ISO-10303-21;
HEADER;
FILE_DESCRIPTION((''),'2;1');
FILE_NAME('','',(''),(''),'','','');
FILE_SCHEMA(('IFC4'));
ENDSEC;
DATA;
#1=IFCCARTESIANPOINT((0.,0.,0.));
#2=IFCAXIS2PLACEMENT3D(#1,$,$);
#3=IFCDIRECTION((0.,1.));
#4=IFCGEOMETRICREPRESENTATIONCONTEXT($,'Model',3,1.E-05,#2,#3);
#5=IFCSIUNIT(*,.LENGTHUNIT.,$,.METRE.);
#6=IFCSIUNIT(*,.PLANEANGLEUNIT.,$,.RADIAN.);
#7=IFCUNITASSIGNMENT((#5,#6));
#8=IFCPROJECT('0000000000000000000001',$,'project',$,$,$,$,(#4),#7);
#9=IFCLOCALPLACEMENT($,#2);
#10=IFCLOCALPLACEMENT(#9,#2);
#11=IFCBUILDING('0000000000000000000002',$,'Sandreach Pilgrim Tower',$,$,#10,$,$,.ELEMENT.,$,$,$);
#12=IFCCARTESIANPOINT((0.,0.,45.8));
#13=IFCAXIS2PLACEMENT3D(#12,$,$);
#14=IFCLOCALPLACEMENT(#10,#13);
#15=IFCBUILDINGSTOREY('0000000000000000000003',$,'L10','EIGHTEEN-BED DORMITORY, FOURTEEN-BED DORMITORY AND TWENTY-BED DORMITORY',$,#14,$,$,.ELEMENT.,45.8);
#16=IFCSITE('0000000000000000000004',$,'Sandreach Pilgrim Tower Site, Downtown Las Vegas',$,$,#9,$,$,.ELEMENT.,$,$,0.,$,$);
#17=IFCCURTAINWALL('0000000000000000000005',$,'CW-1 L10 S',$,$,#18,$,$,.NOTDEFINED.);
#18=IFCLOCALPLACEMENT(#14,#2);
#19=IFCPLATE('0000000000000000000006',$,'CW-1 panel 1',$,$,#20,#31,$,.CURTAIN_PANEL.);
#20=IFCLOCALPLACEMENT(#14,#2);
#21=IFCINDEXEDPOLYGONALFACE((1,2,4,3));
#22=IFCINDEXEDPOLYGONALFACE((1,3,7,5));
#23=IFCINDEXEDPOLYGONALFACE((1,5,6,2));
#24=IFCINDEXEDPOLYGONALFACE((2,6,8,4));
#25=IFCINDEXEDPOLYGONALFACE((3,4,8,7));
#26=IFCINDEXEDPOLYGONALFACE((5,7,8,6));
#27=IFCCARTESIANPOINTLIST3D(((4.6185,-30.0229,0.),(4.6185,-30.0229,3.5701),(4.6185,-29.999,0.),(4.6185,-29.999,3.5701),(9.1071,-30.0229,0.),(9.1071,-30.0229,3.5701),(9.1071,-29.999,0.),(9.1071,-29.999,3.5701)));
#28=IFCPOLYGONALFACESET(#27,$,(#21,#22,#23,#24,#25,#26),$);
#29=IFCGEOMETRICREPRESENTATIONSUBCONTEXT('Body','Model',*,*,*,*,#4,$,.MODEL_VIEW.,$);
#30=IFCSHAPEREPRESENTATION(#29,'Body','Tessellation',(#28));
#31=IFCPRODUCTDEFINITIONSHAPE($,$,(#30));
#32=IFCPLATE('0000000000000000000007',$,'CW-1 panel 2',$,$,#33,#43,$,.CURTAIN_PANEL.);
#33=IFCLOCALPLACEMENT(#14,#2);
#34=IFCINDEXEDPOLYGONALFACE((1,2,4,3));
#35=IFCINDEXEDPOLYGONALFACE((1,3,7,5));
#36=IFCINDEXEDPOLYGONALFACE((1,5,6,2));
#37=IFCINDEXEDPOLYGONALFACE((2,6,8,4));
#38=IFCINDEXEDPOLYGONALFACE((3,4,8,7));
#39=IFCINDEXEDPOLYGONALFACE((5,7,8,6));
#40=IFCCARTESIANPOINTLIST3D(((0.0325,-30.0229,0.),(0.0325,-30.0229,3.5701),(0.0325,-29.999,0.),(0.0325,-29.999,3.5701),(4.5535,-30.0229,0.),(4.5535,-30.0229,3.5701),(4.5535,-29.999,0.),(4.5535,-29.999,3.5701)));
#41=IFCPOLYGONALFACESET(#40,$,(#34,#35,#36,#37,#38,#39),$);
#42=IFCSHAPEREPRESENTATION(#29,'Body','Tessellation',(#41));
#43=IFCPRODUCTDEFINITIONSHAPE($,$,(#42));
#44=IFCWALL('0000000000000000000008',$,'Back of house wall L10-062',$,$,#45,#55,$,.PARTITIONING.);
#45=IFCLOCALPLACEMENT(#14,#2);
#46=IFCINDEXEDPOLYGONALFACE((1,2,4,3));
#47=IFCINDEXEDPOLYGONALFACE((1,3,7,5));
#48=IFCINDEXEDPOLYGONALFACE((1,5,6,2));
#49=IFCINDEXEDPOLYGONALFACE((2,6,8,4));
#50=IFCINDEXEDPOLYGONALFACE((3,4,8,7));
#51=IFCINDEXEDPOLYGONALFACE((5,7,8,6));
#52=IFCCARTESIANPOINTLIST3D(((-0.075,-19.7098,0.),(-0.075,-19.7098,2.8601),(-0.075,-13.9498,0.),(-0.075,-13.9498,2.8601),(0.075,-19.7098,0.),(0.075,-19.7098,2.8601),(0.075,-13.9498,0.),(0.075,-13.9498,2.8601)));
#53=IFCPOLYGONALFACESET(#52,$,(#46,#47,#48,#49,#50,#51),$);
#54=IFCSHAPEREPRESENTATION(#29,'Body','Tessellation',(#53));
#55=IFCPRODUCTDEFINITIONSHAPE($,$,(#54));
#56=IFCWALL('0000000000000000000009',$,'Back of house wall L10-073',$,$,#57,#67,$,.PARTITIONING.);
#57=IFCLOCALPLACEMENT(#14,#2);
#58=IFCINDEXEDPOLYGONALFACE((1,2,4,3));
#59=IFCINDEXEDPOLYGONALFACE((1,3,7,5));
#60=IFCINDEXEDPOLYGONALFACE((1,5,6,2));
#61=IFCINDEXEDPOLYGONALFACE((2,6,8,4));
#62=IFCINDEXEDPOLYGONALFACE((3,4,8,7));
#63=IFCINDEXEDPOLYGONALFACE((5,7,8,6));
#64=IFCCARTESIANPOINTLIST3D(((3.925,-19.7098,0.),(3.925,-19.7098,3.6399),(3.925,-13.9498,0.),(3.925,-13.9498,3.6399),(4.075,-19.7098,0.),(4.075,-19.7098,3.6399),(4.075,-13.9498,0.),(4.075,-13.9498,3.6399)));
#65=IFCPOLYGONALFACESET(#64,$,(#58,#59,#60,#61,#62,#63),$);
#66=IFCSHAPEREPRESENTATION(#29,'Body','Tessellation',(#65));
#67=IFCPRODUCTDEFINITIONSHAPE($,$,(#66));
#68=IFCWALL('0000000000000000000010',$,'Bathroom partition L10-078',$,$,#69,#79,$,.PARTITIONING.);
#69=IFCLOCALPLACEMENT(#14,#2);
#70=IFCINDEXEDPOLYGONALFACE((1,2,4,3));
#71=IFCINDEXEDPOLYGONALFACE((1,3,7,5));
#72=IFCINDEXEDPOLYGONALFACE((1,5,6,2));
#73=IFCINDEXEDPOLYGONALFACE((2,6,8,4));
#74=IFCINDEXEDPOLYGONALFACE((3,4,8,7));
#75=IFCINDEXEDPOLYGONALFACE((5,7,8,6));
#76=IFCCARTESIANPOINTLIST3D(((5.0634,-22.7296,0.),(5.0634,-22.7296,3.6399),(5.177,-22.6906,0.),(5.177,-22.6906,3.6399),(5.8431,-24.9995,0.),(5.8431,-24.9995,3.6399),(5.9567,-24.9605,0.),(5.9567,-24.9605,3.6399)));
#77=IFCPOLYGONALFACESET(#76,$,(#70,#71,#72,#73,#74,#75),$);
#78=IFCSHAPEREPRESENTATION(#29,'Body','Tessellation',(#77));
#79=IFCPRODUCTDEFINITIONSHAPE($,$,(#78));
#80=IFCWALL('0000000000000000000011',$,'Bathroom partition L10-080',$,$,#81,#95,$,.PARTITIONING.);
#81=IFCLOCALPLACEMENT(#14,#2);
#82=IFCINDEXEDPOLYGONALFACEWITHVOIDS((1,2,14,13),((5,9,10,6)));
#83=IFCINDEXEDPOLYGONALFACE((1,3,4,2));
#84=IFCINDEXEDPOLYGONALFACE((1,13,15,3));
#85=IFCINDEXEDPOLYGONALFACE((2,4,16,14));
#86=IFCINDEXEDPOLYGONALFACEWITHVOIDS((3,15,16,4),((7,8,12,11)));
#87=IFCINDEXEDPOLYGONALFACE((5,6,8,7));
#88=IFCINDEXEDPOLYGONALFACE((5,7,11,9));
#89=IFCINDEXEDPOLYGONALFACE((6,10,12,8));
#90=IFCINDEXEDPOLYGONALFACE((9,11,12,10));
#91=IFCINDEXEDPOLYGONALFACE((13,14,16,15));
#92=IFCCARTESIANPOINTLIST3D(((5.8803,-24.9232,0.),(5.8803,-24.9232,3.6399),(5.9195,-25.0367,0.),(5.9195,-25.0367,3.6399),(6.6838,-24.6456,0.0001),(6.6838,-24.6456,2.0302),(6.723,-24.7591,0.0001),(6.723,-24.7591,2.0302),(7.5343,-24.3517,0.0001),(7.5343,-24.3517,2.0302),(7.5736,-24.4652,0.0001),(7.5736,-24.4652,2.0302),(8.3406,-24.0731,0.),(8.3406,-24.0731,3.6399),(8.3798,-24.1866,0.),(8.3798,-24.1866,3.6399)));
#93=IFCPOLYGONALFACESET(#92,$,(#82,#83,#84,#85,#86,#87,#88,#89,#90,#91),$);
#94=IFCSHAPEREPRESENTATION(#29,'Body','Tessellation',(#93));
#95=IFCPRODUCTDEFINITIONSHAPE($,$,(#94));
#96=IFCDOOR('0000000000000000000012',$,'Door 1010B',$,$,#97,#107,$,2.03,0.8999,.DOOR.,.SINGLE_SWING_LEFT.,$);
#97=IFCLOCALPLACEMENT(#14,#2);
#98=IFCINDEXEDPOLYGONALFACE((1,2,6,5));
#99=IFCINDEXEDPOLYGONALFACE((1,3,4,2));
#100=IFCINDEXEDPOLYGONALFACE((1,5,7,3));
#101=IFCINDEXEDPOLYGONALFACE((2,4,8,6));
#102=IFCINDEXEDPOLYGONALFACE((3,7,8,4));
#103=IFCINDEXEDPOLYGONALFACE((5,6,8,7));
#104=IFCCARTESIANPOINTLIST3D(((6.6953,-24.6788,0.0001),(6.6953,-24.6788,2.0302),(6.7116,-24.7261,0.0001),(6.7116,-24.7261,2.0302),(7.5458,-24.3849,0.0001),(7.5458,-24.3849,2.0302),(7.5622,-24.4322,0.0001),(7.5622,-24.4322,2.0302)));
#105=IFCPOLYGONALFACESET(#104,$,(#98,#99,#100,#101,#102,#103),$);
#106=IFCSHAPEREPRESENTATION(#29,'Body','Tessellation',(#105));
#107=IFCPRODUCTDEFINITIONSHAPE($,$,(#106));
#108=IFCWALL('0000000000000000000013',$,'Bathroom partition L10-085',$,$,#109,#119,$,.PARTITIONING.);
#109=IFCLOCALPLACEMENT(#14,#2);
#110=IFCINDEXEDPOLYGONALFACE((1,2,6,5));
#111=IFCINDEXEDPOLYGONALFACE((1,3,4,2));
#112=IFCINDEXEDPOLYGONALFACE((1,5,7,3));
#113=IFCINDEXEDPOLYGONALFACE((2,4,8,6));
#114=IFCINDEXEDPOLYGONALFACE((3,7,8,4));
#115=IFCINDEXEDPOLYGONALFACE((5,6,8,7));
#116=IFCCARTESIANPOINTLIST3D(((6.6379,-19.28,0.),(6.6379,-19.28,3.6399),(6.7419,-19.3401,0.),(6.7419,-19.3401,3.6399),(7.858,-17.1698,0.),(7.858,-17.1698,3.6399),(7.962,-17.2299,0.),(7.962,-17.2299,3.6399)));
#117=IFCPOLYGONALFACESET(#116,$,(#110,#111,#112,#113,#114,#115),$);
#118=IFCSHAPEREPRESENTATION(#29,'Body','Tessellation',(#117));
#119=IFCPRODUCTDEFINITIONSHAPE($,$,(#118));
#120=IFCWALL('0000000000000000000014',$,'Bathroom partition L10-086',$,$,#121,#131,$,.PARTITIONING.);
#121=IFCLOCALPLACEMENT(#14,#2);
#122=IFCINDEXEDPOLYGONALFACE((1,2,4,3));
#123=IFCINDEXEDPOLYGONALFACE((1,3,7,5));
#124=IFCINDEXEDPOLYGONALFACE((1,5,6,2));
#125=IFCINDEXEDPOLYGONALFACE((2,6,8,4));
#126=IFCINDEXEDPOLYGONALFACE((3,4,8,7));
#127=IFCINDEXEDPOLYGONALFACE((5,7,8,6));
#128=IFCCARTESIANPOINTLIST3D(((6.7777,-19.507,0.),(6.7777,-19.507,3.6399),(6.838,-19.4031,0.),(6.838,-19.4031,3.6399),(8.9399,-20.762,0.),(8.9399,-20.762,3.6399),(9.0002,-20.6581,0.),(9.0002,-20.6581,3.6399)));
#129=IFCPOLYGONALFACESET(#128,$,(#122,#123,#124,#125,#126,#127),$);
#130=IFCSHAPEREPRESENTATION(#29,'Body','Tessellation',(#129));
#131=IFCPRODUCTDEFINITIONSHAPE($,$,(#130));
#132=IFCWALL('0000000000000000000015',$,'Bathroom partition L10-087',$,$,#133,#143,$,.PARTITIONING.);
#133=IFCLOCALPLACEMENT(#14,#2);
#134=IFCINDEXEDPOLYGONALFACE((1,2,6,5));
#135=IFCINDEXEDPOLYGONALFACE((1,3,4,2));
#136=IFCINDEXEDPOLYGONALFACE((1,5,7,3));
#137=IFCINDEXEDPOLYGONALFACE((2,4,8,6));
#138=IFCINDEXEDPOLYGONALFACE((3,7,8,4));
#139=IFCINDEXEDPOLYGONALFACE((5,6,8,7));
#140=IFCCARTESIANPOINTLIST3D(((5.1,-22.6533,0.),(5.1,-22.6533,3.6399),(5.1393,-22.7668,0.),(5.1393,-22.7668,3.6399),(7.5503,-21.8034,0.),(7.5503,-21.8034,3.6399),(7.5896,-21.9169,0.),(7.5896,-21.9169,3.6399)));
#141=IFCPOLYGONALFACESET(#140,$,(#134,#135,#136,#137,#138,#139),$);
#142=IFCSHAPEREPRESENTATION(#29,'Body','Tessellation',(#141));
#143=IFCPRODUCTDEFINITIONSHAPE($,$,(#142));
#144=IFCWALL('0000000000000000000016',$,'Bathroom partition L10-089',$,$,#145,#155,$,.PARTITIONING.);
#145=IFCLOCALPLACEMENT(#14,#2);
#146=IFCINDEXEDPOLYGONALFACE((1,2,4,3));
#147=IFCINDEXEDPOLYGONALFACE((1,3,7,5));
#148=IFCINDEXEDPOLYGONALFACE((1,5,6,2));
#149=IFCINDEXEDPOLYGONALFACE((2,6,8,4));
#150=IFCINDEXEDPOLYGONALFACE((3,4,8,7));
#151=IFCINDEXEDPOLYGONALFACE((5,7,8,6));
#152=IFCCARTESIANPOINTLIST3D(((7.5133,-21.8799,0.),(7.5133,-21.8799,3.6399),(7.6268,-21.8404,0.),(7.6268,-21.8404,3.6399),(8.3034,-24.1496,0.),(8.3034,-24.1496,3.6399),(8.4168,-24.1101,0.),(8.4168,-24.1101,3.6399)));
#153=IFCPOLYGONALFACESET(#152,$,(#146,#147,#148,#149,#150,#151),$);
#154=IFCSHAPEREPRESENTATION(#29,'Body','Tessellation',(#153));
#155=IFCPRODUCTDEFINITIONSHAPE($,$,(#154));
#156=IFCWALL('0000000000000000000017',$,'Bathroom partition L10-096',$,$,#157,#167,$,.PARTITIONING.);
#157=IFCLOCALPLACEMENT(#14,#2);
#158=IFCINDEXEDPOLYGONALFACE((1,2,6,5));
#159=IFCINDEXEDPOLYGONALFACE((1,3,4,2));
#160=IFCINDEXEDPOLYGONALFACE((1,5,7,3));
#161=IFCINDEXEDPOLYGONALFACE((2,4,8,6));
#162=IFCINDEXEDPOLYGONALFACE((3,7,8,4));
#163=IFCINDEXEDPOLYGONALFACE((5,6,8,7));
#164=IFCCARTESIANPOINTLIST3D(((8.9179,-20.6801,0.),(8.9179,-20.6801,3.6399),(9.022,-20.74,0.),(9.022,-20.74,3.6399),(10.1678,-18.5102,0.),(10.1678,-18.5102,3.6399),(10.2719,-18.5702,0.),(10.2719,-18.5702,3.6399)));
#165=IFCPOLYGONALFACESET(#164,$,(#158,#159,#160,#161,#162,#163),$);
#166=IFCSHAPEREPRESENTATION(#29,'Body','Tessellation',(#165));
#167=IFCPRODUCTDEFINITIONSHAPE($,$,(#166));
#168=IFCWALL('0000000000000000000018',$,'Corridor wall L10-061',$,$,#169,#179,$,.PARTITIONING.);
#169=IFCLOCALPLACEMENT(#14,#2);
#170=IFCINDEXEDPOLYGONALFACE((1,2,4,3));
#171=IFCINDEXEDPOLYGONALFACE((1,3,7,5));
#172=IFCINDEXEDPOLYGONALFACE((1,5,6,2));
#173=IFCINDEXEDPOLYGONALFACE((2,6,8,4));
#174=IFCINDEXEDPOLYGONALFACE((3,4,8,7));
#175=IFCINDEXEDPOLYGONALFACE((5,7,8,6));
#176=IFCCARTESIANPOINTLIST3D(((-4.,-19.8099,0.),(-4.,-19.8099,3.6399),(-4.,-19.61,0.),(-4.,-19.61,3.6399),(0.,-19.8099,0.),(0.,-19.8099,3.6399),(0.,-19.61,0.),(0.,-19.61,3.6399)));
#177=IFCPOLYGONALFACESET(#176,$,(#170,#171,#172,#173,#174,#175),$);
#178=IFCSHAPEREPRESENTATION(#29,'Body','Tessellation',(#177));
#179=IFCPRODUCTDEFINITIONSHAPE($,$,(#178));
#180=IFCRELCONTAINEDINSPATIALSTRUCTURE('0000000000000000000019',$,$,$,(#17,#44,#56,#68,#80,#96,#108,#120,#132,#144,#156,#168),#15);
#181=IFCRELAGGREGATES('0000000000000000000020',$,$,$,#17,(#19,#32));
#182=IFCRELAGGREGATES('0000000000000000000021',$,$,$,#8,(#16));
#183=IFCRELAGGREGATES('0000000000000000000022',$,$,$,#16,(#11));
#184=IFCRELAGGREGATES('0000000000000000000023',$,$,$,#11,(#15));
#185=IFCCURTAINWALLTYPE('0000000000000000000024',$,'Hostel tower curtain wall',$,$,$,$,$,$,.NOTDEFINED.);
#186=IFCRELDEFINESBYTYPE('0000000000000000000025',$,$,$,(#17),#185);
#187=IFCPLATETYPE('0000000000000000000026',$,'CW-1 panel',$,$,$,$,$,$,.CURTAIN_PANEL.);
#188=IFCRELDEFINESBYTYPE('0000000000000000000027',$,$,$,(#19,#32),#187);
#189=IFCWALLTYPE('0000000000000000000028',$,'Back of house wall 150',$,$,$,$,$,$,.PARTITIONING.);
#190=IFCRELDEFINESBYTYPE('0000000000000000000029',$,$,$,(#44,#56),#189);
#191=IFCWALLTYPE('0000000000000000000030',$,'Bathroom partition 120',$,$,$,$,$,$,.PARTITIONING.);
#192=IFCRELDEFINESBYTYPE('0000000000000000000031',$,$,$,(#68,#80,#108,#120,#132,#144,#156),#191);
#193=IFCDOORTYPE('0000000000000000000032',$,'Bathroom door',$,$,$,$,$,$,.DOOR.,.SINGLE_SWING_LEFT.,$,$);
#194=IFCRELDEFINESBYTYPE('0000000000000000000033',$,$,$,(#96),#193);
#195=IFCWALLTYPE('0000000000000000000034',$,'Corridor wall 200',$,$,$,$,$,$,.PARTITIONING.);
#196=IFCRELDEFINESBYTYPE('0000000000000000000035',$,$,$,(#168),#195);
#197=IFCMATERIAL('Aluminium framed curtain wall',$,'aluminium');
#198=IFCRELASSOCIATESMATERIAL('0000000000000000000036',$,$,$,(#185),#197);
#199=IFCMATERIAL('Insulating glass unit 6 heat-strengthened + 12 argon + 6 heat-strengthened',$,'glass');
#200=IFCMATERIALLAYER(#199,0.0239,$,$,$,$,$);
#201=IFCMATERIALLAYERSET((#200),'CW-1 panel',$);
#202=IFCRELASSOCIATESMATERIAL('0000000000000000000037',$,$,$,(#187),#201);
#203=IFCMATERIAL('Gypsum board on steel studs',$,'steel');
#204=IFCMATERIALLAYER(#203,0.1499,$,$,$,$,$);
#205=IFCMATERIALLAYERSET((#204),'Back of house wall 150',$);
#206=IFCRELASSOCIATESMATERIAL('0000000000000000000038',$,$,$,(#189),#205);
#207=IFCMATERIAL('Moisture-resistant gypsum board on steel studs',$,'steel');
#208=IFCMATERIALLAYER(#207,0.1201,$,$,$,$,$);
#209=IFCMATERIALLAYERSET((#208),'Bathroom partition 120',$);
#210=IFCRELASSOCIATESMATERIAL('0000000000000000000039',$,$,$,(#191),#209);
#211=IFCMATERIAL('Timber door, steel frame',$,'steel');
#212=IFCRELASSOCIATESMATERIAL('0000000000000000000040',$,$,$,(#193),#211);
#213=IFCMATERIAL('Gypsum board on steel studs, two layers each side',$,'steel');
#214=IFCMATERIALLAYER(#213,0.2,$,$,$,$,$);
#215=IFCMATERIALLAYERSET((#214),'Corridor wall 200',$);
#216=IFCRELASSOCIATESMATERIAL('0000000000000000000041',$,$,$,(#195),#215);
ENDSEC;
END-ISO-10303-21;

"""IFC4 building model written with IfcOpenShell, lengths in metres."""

from ifc_helpers import new_model, si_unit, direction, frame, frame_2d, origin, origin_2d, place, context, subcontext, project, spatial, rectangle, extrude, material, layer, layer_set, type_object, element, fill, aggregate, save


model = new_model("IFC4")

# Units and contexts
model_context = context("Model", 3, precision=1e-05, world=origin(), true_north=direction((0.0, 1.0)))
body_context = subcontext(model_context, "Body", "Model", "MODEL_VIEW")
ifc_project = project(units=[si_unit("LENGTHUNIT", "METRE"), si_unit("PLANEANGLEUNIT", "RADIAN")], contexts=[model_context])

# Site, building, storey
site_placement = place(None, origin())
site = spatial("IfcSite", under=ifc_project, at=site_placement, Name="Sandreach Pilgrim Tower Site, Downtown Las Vegas", CompositionType="ELEMENT", RefElevation=0.0)
building_placement = place(site_placement, origin())
building = spatial("IfcBuilding", under=site, at=building_placement, Name="Sandreach Pilgrim Tower", CompositionType="ELEMENT")
storey_placement = place(building_placement, frame((0.0, 0.0, 45.8)))
storey = spatial("IfcBuildingStorey", under=building, at=storey_placement, Name="L10", Description="EIGHTEEN-BED DORMITORY, FOURTEEN-BED DORMITORY AND TWENTY-BED DORMITORY", CompositionType="ELEMENT", Elevation=45.8)

# Curtain wall
ifc_material_1 = material(Name="Aluminium framed curtain wall", Category="aluminium")
curtain_wall_type = type_object("IfcCurtainWallType", Name="Hostel tower curtain wall", PredefinedType="NOTDEFINED", material=ifc_material_1)
curtain_wall_placement = place(storey_placement, origin())
curtain_wall = element("IfcCurtainWall", 1, at=curtain_wall_placement, inside=storey, type_object=curtain_wall_type, Name="CW-1 L10 S", PredefinedType="NOTDEFINED")

# Plates
ifc_material_2 = material(Name="Insulating glass unit 6 heat-strengthened + 12 argon + 6 heat-strengthened", Category="glass")
ifc_layer_1 = layer(ifc_material_2, 0.0239)
ifc_layer_set_1 = layer_set([ifc_layer_1], Name="CW-1 panel")
plate_type = type_object("IfcPlateType", Name="CW-1 panel", PredefinedType="CURTAIN_PANEL", material=ifc_layer_set_1)
plate_1_placement = place(storey_placement, frame((6.8628, -30.011, 0.0), z_axis=(0.0, 0.0, 1.0), x_axis=(-1.0, 0.0, 0.0)))
plate_1 = element("IfcPlate", 2, at=plate_1_placement, type_object=plate_type, Name="CW-1 panel 1", PredefinedType="CURTAIN_PANEL", context=body_context, shape_type="SweptSolid", body=[
    extrude(rectangle(XDim=4.4885, YDim=0.0239, at=origin_2d()), origin(), (0.0, 0.0, 1.0), 3.5701),
])
plate_2_placement = place(storey_placement, frame((2.293, -30.011, 0.0), z_axis=(0.0, 0.0, 1.0), x_axis=(-1.0, 0.0, 0.0)))
plate_2 = element("IfcPlate", 3, at=plate_2_placement, type_object=plate_type, Name="CW-1 panel 2", PredefinedType="CURTAIN_PANEL", context=body_context, shape_type="SweptSolid", body=[
    extrude(rectangle(XDim=4.521, YDim=0.0239, at=origin_2d()), origin(), (0.0, 0.0, 1.0), 3.5701),
])
aggregate(curtain_wall, [plate_1, plate_2])

# Walls
ifc_material_3 = material(Name="Gypsum board on steel studs", Category="steel")
ifc_layer_2 = layer(ifc_material_3, 0.1499)
ifc_layer_set_2 = layer_set([ifc_layer_2], Name="Back of house wall 150")
wall_type_1 = type_object("IfcWallType", Name="Back of house wall 150", PredefinedType="PARTITIONING", material=ifc_layer_set_2)
wall_1_placement = place(storey_placement, frame((0.0, -13.95, 0.0), z_axis=(0.0, 0.0, 1.0), x_axis=(0.0, -1.0, 0.0)))
element("IfcWall", 4, at=wall_1_placement, inside=storey, type_object=wall_type_1, Name="Back of house wall L10-062", PredefinedType="PARTITIONING", context=body_context, shape_type="SweptSolid", body=[
    extrude(rectangle(XDim=5.76, YDim=0.1499, at=frame_2d((2.8799, 0.0))), origin(), (0.0, 0.0, 1.0), 2.8601),
])
wall_2_placement = place(storey_placement, frame((4.0, -13.95, 0.0), z_axis=(0.0, 0.0, 1.0), x_axis=(0.0, -1.0, 0.0)))
element("IfcWall", 5, at=wall_2_placement, inside=storey, type_object=wall_type_1, Name="Back of house wall L10-073", PredefinedType="PARTITIONING", context=body_context, shape_type="SweptSolid", body=[
    extrude(rectangle(XDim=5.76, YDim=0.1499, at=frame_2d((2.8799, 0.0))), origin(), (0.0, 0.0, 1.0), 3.6399),
])
ifc_material_4 = material(Name="Moisture-resistant gypsum board on steel studs", Category="steel")
ifc_layer_3 = layer(ifc_material_4, 0.1201)
ifc_layer_set_3 = layer_set([ifc_layer_3], Name="Bathroom partition 120")
wall_type_2 = type_object("IfcWallType", Name="Bathroom partition 120", PredefinedType="PARTITIONING", material=ifc_layer_set_3)
wall_3_placement = place(storey_placement, frame((5.1201, -22.71, 0.0), z_axis=(0.0, 0.0, 1.0), x_axis=(0.324881, -0.945755, 0.0)))
element("IfcWall", 6, at=wall_3_placement, inside=storey, type_object=wall_type_2, Name="Bathroom partition L10-078", PredefinedType="PARTITIONING", context=body_context, shape_type="SweptSolid", body=[
    extrude(rectangle(XDim=2.4001, YDim=0.1201, at=frame_2d((1.2002, 0.0))), origin(), (0.0, 0.0, 1.0), 3.6399),
])

# Wall, opening, door
wall_4_placement = place(storey_placement, frame((5.8999, -24.98, 0.0), z_axis=(0.0, 0.0, 1.0), x_axis=(0.945165, 0.326592, 0.0)))
wall_4 = element("IfcWall", 7, at=wall_4_placement, inside=storey, type_object=wall_type_2, Name="Bathroom partition L10-080", PredefinedType="PARTITIONING", context=body_context, shape_type="SweptSolid", body=[
    extrude(rectangle(XDim=2.603, YDim=0.1201, at=frame_2d((1.3015, 0.0))), origin(), (0.0, 0.0, 1.0), 3.6399),
])
opening_1_placement = place(wall_4_placement, frame((0.8501, 0.0, 0.0)))
opening_1 = element("IfcOpeningElement", 8, at=opening_1_placement, cuts=wall_4, PredefinedType="OPENING", context=body_context, shape_type="SweptSolid", body=[
    extrude(rectangle(XDim=0.8999, YDim=2.03, at=frame_2d((0.45, 1.0151))), frame((0.0, 0.0601, 0.0), z_axis=(0.0, -1.0, 0.0), x_axis=(1.0, 0.0, 0.0)), (0.0, 0.0, 1.0), 0.1201),
])
ifc_material_5 = material(Name="Timber door, steel frame", Category="steel")
door_type_1 = type_object("IfcDoorType", Name="Bathroom door", OperationType="SINGLE_SWING_LEFT", PredefinedType="DOOR", material=ifc_material_5)
door_1_placement = place(opening_1_placement, origin())
door_1 = element("IfcDoor", 9, at=door_1_placement, inside=storey, type_object=door_type_1, Name="Door 1010B", OperationType="SINGLE_SWING_LEFT", OverallHeight=2.03, OverallWidth=0.8999, PredefinedType="DOOR", context=body_context, shape_type="SweptSolid", body=[
    extrude(rectangle(XDim=0.8999, YDim=2.03, at=frame_2d((0.45, 1.0151))), frame((0.0, 0.0249, 0.0), z_axis=(0.0, -1.0, 0.0), x_axis=(1.0, 0.0, 0.0)), (0.0, 0.0, 1.0), 0.05),
])
fill(opening_1, door_1)

# Walls
wall_5_placement = place(storey_placement, frame((6.6899, -19.3101, 0.0), z_axis=(0.0, 0.0, 1.0), x_axis=(0.500523, 0.865723, 0.0)))
element("IfcWall", 10, at=wall_5_placement, inside=storey, type_object=wall_type_2, Name="Bathroom partition L10-085", PredefinedType="PARTITIONING", context=body_context, shape_type="SweptSolid", body=[
    extrude(rectangle(XDim=2.4375, YDim=0.1201, at=frame_2d((1.2188, 0.0))), origin(), (0.0, 0.0, 1.0), 3.6399),
])
wall_6_placement = place(storey_placement, frame((6.8079, -19.4551, 0.0), z_axis=(0.0, 0.0, 1.0), x_axis=(0.864882, -0.501975, 0.0)))
element("IfcWall", 11, at=wall_6_placement, inside=storey, type_object=wall_type_2, Name="Bathroom partition L10-086", PredefinedType="PARTITIONING", context=body_context, shape_type="SweptSolid", body=[
    extrude(rectangle(XDim=2.5, YDim=0.1201, at=frame_2d((1.25, 0.0))), origin(), (0.0, 0.0, 1.0), 3.6399),
])
wall_7_placement = place(storey_placement, frame((7.5701, -21.8601, 0.0), z_axis=(0.0, 0.0, 1.0), x_axis=(-0.944782, -0.327699, 0.0)))
element("IfcWall", 12, at=wall_7_placement, inside=storey, type_object=wall_type_2, Name="Bathroom partition L10-087", PredefinedType="PARTITIONING", context=body_context, shape_type="SweptSolid", body=[
    extrude(rectangle(XDim=2.5935, YDim=0.1201, at=frame_2d((1.2969, 0.0))), origin(), (0.0, 0.0, 1.0), 3.6399),
])
wall_8_placement = place(storey_placement, frame((7.5701, -21.8601, 0.0), z_axis=(0.0, 0.0, 1.0), x_axis=(0.328725, -0.944426, 0.0)))
element("IfcWall", 13, at=wall_8_placement, inside=storey, type_object=wall_type_2, Name="Bathroom partition L10-089", PredefinedType="PARTITIONING", context=body_context, shape_type="SweptSolid", body=[
    extrude(rectangle(XDim=2.4033, YDim=0.1201, at=frame_2d((1.2017, 0.0))), origin(), (0.0, 0.0, 1.0), 3.6399),
])
wall_9_placement = place(storey_placement, frame((8.97, -20.71, 0.0), z_axis=(0.0, 0.0, 1.0), x_axis=(0.49916, 0.86651, 0.0)))
element("IfcWall", 14, at=wall_9_placement, inside=storey, type_object=wall_type_2, Name="Bathroom partition L10-096", PredefinedType="PARTITIONING", context=body_context, shape_type="SweptSolid", body=[
    extrude(rectangle(XDim=2.5042, YDim=0.1201, at=frame_2d((1.252, 0.0))), origin(), (0.0, 0.0, 1.0), 3.6399),
])

# Shared definitions
ifc_material_6 = material(Name="Gypsum board on steel studs, two layers each side", Category="steel")
ifc_layer_4 = layer(ifc_material_6, 0.2)
ifc_layer_set_4 = layer_set([ifc_layer_4], Name="Corridor wall 200")
wall_type_3 = type_object("IfcWallType", Name="Corridor wall 200", PredefinedType="PARTITIONING", material=ifc_layer_set_4)

# Wall
wall_10_placement = place(storey_placement, frame((0.0, -19.71, 0.0), z_axis=(0.0, 0.0, 1.0), x_axis=(-1.0, 0.0, 0.0)))
element("IfcWall", 15, at=wall_10_placement, inside=storey, type_object=wall_type_3, Name="Corridor wall L10-061", PredefinedType="PARTITIONING", context=body_context, shape_type="SweptSolid", body=[
    extrude(rectangle(XDim=4.0, YDim=0.2, at=frame_2d((2.0, 0.0))), origin(), (0.0, 0.0, 1.0), 3.6399),
])

save(model, "model.ifc")
